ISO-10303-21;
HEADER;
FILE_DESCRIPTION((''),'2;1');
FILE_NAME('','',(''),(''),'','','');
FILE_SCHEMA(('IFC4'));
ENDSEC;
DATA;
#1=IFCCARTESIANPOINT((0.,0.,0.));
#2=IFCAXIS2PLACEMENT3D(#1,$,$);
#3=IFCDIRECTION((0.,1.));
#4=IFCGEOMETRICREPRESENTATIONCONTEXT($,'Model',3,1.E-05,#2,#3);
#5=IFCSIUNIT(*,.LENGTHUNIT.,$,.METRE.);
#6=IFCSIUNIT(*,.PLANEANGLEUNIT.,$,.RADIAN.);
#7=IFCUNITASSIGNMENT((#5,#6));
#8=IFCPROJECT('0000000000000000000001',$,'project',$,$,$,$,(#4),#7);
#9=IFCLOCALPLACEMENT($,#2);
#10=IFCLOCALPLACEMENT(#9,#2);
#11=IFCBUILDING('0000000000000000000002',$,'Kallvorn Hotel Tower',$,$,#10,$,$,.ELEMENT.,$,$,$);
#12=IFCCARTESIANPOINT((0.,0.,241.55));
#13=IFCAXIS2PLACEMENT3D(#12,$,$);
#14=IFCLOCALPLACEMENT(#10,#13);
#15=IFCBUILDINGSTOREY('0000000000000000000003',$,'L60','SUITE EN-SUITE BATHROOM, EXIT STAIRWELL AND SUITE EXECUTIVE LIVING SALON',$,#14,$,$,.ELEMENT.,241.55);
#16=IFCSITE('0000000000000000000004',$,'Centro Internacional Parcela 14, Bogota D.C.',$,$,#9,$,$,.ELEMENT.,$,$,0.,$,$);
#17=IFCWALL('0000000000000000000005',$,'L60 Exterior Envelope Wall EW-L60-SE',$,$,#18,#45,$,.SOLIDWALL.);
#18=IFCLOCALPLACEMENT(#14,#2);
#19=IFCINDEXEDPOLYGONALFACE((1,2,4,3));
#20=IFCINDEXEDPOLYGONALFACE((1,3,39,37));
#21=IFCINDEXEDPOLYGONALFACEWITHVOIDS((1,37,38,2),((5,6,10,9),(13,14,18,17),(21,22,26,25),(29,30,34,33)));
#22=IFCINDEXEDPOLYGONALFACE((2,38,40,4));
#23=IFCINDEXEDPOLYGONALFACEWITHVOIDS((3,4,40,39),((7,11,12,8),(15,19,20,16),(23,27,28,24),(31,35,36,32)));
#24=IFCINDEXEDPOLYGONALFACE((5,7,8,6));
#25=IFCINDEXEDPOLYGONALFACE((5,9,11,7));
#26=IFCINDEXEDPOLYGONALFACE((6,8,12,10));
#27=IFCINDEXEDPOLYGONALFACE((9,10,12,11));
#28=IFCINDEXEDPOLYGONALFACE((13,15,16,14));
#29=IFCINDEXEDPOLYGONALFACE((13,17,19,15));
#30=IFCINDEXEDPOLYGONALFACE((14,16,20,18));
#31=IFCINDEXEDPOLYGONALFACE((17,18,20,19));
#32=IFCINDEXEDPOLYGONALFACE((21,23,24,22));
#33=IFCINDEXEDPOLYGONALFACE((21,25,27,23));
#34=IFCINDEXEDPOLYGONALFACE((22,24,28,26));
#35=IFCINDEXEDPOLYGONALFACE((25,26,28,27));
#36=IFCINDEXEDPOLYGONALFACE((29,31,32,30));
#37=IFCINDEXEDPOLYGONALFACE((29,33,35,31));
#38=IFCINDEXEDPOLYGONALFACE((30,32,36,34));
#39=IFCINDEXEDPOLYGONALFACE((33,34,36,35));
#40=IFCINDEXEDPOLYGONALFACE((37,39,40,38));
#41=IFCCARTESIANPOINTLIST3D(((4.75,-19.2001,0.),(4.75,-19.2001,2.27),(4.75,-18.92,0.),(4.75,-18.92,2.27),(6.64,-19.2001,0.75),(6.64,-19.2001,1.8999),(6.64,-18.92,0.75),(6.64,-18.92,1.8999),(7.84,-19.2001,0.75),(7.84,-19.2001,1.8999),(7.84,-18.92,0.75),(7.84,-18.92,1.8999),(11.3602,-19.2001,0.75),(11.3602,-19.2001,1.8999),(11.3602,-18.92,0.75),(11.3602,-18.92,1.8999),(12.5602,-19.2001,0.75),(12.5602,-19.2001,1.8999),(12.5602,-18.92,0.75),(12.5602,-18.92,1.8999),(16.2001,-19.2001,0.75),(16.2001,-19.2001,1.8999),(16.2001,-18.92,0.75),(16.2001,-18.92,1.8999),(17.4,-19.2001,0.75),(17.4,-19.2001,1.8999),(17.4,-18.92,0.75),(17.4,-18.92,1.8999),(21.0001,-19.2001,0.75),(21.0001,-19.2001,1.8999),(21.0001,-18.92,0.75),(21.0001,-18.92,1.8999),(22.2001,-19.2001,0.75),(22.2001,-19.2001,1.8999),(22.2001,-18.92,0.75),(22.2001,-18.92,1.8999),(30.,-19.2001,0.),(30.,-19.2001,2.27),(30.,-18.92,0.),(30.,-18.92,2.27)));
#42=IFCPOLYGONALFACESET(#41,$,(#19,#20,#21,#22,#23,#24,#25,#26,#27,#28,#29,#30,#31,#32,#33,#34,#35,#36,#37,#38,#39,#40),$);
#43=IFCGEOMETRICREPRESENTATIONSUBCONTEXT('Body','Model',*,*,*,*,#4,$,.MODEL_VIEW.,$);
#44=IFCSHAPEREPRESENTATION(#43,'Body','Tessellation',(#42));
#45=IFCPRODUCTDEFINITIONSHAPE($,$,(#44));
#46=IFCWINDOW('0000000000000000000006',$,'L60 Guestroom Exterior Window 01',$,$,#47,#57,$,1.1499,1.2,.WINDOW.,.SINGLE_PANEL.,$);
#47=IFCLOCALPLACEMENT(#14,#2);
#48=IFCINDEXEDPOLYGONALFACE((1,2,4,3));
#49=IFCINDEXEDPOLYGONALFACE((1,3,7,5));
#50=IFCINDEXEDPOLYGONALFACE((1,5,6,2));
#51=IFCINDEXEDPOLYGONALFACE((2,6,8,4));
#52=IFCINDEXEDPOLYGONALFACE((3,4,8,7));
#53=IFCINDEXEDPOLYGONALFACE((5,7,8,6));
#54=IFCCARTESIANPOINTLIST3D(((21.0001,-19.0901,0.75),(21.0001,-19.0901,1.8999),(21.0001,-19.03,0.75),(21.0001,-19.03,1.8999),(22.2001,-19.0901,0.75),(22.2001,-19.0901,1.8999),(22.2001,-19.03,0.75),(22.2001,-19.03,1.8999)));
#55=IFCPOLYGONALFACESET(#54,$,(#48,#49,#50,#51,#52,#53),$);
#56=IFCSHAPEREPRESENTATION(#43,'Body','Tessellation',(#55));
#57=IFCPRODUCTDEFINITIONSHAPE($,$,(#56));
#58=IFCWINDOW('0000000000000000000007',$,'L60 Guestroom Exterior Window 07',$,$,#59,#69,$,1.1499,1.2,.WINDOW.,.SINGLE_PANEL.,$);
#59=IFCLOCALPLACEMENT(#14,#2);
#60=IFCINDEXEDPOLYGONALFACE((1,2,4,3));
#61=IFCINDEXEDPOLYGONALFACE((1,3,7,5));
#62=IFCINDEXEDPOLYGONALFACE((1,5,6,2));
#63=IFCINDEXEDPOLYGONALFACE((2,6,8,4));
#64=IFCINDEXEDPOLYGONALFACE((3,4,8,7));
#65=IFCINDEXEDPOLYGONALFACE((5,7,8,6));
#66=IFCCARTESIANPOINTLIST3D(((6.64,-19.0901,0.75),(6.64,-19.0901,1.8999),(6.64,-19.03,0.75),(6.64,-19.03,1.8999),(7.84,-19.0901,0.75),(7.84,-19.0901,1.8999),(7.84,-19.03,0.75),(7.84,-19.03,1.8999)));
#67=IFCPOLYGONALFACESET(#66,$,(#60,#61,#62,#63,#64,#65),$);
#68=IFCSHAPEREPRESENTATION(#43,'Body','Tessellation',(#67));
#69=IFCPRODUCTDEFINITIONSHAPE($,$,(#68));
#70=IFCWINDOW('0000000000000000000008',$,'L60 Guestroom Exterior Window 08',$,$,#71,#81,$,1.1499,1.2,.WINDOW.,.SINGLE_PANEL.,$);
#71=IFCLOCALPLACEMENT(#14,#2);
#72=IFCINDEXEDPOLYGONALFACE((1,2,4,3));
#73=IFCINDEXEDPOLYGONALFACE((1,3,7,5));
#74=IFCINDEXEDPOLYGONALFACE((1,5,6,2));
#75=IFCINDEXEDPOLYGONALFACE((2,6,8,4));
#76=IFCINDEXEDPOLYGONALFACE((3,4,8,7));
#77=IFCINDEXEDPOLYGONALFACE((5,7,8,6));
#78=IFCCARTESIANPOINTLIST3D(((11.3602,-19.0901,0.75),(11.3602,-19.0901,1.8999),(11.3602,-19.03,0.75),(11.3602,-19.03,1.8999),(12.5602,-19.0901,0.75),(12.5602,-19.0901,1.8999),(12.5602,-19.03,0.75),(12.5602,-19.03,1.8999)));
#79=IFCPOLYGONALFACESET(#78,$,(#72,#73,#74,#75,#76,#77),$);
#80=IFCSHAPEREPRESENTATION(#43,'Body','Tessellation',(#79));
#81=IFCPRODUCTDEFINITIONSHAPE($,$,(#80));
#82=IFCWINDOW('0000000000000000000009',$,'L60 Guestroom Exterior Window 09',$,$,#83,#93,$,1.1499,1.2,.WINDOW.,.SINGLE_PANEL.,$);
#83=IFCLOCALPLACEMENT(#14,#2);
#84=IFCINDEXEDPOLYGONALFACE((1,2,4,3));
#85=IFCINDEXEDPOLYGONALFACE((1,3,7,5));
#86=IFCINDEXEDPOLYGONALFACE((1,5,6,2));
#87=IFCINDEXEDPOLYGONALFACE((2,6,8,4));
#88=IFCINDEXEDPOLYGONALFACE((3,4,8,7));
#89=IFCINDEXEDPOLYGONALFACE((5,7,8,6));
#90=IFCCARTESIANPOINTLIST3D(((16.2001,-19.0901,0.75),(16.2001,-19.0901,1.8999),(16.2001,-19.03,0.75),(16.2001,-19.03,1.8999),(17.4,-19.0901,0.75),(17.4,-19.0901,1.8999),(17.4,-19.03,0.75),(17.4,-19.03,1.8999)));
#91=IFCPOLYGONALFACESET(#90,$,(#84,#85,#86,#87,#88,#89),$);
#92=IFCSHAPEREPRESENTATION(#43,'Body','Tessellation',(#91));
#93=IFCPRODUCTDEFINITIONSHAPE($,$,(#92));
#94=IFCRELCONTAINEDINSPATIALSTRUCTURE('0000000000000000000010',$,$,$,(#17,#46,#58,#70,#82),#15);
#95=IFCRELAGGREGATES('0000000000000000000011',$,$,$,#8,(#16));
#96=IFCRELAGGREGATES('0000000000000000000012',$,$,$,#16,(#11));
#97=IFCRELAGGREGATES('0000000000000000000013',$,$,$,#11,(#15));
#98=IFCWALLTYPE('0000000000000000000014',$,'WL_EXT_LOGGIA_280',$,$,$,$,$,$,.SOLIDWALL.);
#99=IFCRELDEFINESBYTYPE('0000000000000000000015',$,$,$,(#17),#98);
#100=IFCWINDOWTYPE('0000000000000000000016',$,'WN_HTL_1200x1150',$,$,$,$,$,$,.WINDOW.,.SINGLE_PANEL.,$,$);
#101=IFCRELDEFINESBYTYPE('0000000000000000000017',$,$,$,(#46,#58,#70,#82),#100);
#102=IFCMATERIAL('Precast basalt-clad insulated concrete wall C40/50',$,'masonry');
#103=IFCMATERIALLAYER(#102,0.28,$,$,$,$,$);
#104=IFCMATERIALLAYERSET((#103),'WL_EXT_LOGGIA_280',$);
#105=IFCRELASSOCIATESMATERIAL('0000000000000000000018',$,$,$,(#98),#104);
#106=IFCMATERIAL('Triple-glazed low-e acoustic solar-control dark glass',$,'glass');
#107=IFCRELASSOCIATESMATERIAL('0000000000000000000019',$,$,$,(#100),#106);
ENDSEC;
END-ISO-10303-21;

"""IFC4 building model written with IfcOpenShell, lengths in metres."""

from ifc_helpers import new_model, si_unit, direction, frame, frame_2d, origin, place, context, subcontext, project, spatial, rectangle, extrude, material, layer, layer_set, type_object, element, fill, save


model = new_model("IFC4")

# Units and contexts
model_context = context("Model", 3, precision=1e-05, world=origin(), true_north=direction((0.0, 1.0)))
body_context = subcontext(model_context, "Body", "Model", "MODEL_VIEW")
ifc_project = project(units=[si_unit("LENGTHUNIT", "METRE"), si_unit("PLANEANGLEUNIT", "RADIAN")], contexts=[model_context])

# Site, building, storey
site_placement = place(None, origin())
site = spatial("IfcSite", under=ifc_project, at=site_placement, Name="Centro Internacional Parcela 14, Bogota D.C.", CompositionType="ELEMENT", RefElevation=0.0)
building_placement = place(site_placement, origin())
building = spatial("IfcBuilding", under=site, at=building_placement, Name="Kallvorn Hotel Tower", CompositionType="ELEMENT")
storey_placement = place(building_placement, frame((0.0, 0.0, 241.55)))
storey = spatial("IfcBuildingStorey", under=building, at=storey_placement, Name="L60", Description="SUITE EN-SUITE BATHROOM, EXIT STAIRWELL AND SUITE EXECUTIVE LIVING SALON", CompositionType="ELEMENT", Elevation=241.55)

# Wall, openings, windows
ifc_material_1 = material(Name="Precast basalt-clad insulated concrete wall C40/50", Category="masonry")
ifc_layer_1 = layer(ifc_material_1, 0.28)
ifc_layer_set_1 = layer_set([ifc_layer_1], Name="WL_EXT_LOGGIA_280")
wall_type_1 = type_object("IfcWallType", Name="WL_EXT_LOGGIA_280", PredefinedType="SOLIDWALL", material=ifc_layer_set_1)
wall_1_placement = place(storey_placement, frame((4.75, -19.0601, 0.0), z_axis=(0.0, 0.0, 1.0), x_axis=(1.0, 0.0, 0.0)))
wall_1 = element("IfcWall", 1, at=wall_1_placement, inside=storey, type_object=wall_type_1, Name="L60 Exterior Envelope Wall EW-L60-SE", PredefinedType="SOLIDWALL", context=body_context, shape_type="SweptSolid", body=[
    extrude(rectangle(XDim=25.25, YDim=0.28, at=frame_2d((12.625, 0.0))), origin(), (0.0, 0.0, 1.0), 2.27),
])
opening_1_placement = place(wall_1_placement, frame((16.25, 0.0, 0.75)))
opening_1 = element("IfcOpeningElement", 2, at=opening_1_placement, cuts=wall_1, PredefinedType="OPENING", context=body_context, shape_type="SweptSolid", body=[
    extrude(rectangle(XDim=1.2, YDim=1.1499, at=frame_2d((0.6001, 0.575))), frame((0.0, 0.155, 0.0), z_axis=(0.0, -1.0, 0.0), x_axis=(1.0, 0.0, 0.0)), (0.0, 0.0, 1.0), 0.3101),
])
opening_2_placement = place(wall_1_placement, frame((1.8899, 0.0, 0.75)))
opening_2 = element("IfcOpeningElement", 3, at=opening_2_placement, cuts=wall_1, PredefinedType="OPENING", context=body_context, shape_type="SweptSolid", body=[
    extrude(rectangle(XDim=1.2, YDim=1.1499, at=frame_2d((0.6001, 0.575))), frame((0.0, 0.155, 0.0), z_axis=(0.0, -1.0, 0.0), x_axis=(1.0, 0.0, 0.0)), (0.0, 0.0, 1.0), 0.3101),
])
opening_3_placement = place(wall_1_placement, frame((6.6101, 0.0, 0.75)))
opening_3 = element("IfcOpeningElement", 4, at=opening_3_placement, cuts=wall_1, PredefinedType="OPENING", context=body_context, shape_type="SweptSolid", body=[
    extrude(rectangle(XDim=1.2, YDim=1.1499, at=frame_2d((0.6001, 0.575))), frame((0.0, 0.155, 0.0), z_axis=(0.0, -1.0, 0.0), x_axis=(1.0, 0.0, 0.0)), (0.0, 0.0, 1.0), 0.3101),
])
opening_4_placement = place(wall_1_placement, frame((11.45, 0.0, 0.75)))
opening_4 = element("IfcOpeningElement", 5, at=opening_4_placement, cuts=wall_1, PredefinedType="OPENING", context=body_context, shape_type="SweptSolid", body=[
    extrude(rectangle(XDim=1.2, YDim=1.1499, at=frame_2d((0.6001, 0.575))), frame((0.0, 0.155, 0.0), z_axis=(0.0, -1.0, 0.0), x_axis=(1.0, 0.0, 0.0)), (0.0, 0.0, 1.0), 0.3101),
])
ifc_material_2 = material(Name="Triple-glazed low-e acoustic solar-control dark glass", Category="glass")
window_type = type_object("IfcWindowType", Name="WN_HTL_1200x1150", PartitioningType="SINGLE_PANEL", PredefinedType="WINDOW", material=ifc_material_2)
window_1_placement = place(opening_1_placement, origin())
window_1 = element("IfcWindow", 6, at=window_1_placement, inside=storey, type_object=window_type, Name="L60 Guestroom Exterior Window 01", OverallHeight=1.1499, OverallWidth=1.2, PartitioningType="SINGLE_PANEL", PredefinedType="WINDOW", context=body_context, shape_type="SweptSolid", body=[
    extrude(rectangle(XDim=1.2, YDim=1.1499, at=frame_2d((0.6001, 0.575))), frame((0.0, 0.03, 0.0), z_axis=(0.0, -1.0, 0.0), x_axis=(1.0, 0.0, 0.0)), (0.0, 0.0, 1.0), 0.0601),
])
fill(opening_1, window_1)
window_2_placement = place(opening_2_placement, origin())
window_2 = element("IfcWindow", 7, at=window_2_placement, inside=storey, type_object=window_type, Name="L60 Guestroom Exterior Window 07", OverallHeight=1.1499, OverallWidth=1.2, PartitioningType="SINGLE_PANEL", PredefinedType="WINDOW", context=body_context, shape_type="SweptSolid", body=[
    extrude(rectangle(XDim=1.2, YDim=1.1499, at=frame_2d((0.6001, 0.575))), frame((0.0, 0.03, 0.0), z_axis=(0.0, -1.0, 0.0), x_axis=(1.0, 0.0, 0.0)), (0.0, 0.0, 1.0), 0.0601),
])
fill(opening_2, window_2)
window_3_placement = place(opening_3_placement, origin())
window_3 = element("IfcWindow", 8, at=window_3_placement, inside=storey, type_object=window_type, Name="L60 Guestroom Exterior Window 08", OverallHeight=1.1499, OverallWidth=1.2, PartitioningType="SINGLE_PANEL", PredefinedType="WINDOW", context=body_context, shape_type="SweptSolid", body=[
    extrude(rectangle(XDim=1.2, YDim=1.1499, at=frame_2d((0.6001, 0.575))), frame((0.0, 0.03, 0.0), z_axis=(0.0, -1.0, 0.0), x_axis=(1.0, 0.0, 0.0)), (0.0, 0.0, 1.0), 0.0601),
])
fill(opening_3, window_3)
window_4_placement = place(opening_4_placement, origin())
window_4 = element("IfcWindow", 9, at=window_4_placement, inside=storey, type_object=window_type, Name="L60 Guestroom Exterior Window 09", OverallHeight=1.1499, OverallWidth=1.2, PartitioningType="SINGLE_PANEL", PredefinedType="WINDOW", context=body_context, shape_type="SweptSolid", body=[
    extrude(rectangle(XDim=1.2, YDim=1.1499, at=frame_2d((0.6001, 0.575))), frame((0.0, 0.03, 0.0), z_axis=(0.0, -1.0, 0.0), x_axis=(1.0, 0.0, 0.0)), (0.0, 0.0, 1.0), 0.0601),
])
fill(opening_4, window_4)

save(model, "model.ifc")
